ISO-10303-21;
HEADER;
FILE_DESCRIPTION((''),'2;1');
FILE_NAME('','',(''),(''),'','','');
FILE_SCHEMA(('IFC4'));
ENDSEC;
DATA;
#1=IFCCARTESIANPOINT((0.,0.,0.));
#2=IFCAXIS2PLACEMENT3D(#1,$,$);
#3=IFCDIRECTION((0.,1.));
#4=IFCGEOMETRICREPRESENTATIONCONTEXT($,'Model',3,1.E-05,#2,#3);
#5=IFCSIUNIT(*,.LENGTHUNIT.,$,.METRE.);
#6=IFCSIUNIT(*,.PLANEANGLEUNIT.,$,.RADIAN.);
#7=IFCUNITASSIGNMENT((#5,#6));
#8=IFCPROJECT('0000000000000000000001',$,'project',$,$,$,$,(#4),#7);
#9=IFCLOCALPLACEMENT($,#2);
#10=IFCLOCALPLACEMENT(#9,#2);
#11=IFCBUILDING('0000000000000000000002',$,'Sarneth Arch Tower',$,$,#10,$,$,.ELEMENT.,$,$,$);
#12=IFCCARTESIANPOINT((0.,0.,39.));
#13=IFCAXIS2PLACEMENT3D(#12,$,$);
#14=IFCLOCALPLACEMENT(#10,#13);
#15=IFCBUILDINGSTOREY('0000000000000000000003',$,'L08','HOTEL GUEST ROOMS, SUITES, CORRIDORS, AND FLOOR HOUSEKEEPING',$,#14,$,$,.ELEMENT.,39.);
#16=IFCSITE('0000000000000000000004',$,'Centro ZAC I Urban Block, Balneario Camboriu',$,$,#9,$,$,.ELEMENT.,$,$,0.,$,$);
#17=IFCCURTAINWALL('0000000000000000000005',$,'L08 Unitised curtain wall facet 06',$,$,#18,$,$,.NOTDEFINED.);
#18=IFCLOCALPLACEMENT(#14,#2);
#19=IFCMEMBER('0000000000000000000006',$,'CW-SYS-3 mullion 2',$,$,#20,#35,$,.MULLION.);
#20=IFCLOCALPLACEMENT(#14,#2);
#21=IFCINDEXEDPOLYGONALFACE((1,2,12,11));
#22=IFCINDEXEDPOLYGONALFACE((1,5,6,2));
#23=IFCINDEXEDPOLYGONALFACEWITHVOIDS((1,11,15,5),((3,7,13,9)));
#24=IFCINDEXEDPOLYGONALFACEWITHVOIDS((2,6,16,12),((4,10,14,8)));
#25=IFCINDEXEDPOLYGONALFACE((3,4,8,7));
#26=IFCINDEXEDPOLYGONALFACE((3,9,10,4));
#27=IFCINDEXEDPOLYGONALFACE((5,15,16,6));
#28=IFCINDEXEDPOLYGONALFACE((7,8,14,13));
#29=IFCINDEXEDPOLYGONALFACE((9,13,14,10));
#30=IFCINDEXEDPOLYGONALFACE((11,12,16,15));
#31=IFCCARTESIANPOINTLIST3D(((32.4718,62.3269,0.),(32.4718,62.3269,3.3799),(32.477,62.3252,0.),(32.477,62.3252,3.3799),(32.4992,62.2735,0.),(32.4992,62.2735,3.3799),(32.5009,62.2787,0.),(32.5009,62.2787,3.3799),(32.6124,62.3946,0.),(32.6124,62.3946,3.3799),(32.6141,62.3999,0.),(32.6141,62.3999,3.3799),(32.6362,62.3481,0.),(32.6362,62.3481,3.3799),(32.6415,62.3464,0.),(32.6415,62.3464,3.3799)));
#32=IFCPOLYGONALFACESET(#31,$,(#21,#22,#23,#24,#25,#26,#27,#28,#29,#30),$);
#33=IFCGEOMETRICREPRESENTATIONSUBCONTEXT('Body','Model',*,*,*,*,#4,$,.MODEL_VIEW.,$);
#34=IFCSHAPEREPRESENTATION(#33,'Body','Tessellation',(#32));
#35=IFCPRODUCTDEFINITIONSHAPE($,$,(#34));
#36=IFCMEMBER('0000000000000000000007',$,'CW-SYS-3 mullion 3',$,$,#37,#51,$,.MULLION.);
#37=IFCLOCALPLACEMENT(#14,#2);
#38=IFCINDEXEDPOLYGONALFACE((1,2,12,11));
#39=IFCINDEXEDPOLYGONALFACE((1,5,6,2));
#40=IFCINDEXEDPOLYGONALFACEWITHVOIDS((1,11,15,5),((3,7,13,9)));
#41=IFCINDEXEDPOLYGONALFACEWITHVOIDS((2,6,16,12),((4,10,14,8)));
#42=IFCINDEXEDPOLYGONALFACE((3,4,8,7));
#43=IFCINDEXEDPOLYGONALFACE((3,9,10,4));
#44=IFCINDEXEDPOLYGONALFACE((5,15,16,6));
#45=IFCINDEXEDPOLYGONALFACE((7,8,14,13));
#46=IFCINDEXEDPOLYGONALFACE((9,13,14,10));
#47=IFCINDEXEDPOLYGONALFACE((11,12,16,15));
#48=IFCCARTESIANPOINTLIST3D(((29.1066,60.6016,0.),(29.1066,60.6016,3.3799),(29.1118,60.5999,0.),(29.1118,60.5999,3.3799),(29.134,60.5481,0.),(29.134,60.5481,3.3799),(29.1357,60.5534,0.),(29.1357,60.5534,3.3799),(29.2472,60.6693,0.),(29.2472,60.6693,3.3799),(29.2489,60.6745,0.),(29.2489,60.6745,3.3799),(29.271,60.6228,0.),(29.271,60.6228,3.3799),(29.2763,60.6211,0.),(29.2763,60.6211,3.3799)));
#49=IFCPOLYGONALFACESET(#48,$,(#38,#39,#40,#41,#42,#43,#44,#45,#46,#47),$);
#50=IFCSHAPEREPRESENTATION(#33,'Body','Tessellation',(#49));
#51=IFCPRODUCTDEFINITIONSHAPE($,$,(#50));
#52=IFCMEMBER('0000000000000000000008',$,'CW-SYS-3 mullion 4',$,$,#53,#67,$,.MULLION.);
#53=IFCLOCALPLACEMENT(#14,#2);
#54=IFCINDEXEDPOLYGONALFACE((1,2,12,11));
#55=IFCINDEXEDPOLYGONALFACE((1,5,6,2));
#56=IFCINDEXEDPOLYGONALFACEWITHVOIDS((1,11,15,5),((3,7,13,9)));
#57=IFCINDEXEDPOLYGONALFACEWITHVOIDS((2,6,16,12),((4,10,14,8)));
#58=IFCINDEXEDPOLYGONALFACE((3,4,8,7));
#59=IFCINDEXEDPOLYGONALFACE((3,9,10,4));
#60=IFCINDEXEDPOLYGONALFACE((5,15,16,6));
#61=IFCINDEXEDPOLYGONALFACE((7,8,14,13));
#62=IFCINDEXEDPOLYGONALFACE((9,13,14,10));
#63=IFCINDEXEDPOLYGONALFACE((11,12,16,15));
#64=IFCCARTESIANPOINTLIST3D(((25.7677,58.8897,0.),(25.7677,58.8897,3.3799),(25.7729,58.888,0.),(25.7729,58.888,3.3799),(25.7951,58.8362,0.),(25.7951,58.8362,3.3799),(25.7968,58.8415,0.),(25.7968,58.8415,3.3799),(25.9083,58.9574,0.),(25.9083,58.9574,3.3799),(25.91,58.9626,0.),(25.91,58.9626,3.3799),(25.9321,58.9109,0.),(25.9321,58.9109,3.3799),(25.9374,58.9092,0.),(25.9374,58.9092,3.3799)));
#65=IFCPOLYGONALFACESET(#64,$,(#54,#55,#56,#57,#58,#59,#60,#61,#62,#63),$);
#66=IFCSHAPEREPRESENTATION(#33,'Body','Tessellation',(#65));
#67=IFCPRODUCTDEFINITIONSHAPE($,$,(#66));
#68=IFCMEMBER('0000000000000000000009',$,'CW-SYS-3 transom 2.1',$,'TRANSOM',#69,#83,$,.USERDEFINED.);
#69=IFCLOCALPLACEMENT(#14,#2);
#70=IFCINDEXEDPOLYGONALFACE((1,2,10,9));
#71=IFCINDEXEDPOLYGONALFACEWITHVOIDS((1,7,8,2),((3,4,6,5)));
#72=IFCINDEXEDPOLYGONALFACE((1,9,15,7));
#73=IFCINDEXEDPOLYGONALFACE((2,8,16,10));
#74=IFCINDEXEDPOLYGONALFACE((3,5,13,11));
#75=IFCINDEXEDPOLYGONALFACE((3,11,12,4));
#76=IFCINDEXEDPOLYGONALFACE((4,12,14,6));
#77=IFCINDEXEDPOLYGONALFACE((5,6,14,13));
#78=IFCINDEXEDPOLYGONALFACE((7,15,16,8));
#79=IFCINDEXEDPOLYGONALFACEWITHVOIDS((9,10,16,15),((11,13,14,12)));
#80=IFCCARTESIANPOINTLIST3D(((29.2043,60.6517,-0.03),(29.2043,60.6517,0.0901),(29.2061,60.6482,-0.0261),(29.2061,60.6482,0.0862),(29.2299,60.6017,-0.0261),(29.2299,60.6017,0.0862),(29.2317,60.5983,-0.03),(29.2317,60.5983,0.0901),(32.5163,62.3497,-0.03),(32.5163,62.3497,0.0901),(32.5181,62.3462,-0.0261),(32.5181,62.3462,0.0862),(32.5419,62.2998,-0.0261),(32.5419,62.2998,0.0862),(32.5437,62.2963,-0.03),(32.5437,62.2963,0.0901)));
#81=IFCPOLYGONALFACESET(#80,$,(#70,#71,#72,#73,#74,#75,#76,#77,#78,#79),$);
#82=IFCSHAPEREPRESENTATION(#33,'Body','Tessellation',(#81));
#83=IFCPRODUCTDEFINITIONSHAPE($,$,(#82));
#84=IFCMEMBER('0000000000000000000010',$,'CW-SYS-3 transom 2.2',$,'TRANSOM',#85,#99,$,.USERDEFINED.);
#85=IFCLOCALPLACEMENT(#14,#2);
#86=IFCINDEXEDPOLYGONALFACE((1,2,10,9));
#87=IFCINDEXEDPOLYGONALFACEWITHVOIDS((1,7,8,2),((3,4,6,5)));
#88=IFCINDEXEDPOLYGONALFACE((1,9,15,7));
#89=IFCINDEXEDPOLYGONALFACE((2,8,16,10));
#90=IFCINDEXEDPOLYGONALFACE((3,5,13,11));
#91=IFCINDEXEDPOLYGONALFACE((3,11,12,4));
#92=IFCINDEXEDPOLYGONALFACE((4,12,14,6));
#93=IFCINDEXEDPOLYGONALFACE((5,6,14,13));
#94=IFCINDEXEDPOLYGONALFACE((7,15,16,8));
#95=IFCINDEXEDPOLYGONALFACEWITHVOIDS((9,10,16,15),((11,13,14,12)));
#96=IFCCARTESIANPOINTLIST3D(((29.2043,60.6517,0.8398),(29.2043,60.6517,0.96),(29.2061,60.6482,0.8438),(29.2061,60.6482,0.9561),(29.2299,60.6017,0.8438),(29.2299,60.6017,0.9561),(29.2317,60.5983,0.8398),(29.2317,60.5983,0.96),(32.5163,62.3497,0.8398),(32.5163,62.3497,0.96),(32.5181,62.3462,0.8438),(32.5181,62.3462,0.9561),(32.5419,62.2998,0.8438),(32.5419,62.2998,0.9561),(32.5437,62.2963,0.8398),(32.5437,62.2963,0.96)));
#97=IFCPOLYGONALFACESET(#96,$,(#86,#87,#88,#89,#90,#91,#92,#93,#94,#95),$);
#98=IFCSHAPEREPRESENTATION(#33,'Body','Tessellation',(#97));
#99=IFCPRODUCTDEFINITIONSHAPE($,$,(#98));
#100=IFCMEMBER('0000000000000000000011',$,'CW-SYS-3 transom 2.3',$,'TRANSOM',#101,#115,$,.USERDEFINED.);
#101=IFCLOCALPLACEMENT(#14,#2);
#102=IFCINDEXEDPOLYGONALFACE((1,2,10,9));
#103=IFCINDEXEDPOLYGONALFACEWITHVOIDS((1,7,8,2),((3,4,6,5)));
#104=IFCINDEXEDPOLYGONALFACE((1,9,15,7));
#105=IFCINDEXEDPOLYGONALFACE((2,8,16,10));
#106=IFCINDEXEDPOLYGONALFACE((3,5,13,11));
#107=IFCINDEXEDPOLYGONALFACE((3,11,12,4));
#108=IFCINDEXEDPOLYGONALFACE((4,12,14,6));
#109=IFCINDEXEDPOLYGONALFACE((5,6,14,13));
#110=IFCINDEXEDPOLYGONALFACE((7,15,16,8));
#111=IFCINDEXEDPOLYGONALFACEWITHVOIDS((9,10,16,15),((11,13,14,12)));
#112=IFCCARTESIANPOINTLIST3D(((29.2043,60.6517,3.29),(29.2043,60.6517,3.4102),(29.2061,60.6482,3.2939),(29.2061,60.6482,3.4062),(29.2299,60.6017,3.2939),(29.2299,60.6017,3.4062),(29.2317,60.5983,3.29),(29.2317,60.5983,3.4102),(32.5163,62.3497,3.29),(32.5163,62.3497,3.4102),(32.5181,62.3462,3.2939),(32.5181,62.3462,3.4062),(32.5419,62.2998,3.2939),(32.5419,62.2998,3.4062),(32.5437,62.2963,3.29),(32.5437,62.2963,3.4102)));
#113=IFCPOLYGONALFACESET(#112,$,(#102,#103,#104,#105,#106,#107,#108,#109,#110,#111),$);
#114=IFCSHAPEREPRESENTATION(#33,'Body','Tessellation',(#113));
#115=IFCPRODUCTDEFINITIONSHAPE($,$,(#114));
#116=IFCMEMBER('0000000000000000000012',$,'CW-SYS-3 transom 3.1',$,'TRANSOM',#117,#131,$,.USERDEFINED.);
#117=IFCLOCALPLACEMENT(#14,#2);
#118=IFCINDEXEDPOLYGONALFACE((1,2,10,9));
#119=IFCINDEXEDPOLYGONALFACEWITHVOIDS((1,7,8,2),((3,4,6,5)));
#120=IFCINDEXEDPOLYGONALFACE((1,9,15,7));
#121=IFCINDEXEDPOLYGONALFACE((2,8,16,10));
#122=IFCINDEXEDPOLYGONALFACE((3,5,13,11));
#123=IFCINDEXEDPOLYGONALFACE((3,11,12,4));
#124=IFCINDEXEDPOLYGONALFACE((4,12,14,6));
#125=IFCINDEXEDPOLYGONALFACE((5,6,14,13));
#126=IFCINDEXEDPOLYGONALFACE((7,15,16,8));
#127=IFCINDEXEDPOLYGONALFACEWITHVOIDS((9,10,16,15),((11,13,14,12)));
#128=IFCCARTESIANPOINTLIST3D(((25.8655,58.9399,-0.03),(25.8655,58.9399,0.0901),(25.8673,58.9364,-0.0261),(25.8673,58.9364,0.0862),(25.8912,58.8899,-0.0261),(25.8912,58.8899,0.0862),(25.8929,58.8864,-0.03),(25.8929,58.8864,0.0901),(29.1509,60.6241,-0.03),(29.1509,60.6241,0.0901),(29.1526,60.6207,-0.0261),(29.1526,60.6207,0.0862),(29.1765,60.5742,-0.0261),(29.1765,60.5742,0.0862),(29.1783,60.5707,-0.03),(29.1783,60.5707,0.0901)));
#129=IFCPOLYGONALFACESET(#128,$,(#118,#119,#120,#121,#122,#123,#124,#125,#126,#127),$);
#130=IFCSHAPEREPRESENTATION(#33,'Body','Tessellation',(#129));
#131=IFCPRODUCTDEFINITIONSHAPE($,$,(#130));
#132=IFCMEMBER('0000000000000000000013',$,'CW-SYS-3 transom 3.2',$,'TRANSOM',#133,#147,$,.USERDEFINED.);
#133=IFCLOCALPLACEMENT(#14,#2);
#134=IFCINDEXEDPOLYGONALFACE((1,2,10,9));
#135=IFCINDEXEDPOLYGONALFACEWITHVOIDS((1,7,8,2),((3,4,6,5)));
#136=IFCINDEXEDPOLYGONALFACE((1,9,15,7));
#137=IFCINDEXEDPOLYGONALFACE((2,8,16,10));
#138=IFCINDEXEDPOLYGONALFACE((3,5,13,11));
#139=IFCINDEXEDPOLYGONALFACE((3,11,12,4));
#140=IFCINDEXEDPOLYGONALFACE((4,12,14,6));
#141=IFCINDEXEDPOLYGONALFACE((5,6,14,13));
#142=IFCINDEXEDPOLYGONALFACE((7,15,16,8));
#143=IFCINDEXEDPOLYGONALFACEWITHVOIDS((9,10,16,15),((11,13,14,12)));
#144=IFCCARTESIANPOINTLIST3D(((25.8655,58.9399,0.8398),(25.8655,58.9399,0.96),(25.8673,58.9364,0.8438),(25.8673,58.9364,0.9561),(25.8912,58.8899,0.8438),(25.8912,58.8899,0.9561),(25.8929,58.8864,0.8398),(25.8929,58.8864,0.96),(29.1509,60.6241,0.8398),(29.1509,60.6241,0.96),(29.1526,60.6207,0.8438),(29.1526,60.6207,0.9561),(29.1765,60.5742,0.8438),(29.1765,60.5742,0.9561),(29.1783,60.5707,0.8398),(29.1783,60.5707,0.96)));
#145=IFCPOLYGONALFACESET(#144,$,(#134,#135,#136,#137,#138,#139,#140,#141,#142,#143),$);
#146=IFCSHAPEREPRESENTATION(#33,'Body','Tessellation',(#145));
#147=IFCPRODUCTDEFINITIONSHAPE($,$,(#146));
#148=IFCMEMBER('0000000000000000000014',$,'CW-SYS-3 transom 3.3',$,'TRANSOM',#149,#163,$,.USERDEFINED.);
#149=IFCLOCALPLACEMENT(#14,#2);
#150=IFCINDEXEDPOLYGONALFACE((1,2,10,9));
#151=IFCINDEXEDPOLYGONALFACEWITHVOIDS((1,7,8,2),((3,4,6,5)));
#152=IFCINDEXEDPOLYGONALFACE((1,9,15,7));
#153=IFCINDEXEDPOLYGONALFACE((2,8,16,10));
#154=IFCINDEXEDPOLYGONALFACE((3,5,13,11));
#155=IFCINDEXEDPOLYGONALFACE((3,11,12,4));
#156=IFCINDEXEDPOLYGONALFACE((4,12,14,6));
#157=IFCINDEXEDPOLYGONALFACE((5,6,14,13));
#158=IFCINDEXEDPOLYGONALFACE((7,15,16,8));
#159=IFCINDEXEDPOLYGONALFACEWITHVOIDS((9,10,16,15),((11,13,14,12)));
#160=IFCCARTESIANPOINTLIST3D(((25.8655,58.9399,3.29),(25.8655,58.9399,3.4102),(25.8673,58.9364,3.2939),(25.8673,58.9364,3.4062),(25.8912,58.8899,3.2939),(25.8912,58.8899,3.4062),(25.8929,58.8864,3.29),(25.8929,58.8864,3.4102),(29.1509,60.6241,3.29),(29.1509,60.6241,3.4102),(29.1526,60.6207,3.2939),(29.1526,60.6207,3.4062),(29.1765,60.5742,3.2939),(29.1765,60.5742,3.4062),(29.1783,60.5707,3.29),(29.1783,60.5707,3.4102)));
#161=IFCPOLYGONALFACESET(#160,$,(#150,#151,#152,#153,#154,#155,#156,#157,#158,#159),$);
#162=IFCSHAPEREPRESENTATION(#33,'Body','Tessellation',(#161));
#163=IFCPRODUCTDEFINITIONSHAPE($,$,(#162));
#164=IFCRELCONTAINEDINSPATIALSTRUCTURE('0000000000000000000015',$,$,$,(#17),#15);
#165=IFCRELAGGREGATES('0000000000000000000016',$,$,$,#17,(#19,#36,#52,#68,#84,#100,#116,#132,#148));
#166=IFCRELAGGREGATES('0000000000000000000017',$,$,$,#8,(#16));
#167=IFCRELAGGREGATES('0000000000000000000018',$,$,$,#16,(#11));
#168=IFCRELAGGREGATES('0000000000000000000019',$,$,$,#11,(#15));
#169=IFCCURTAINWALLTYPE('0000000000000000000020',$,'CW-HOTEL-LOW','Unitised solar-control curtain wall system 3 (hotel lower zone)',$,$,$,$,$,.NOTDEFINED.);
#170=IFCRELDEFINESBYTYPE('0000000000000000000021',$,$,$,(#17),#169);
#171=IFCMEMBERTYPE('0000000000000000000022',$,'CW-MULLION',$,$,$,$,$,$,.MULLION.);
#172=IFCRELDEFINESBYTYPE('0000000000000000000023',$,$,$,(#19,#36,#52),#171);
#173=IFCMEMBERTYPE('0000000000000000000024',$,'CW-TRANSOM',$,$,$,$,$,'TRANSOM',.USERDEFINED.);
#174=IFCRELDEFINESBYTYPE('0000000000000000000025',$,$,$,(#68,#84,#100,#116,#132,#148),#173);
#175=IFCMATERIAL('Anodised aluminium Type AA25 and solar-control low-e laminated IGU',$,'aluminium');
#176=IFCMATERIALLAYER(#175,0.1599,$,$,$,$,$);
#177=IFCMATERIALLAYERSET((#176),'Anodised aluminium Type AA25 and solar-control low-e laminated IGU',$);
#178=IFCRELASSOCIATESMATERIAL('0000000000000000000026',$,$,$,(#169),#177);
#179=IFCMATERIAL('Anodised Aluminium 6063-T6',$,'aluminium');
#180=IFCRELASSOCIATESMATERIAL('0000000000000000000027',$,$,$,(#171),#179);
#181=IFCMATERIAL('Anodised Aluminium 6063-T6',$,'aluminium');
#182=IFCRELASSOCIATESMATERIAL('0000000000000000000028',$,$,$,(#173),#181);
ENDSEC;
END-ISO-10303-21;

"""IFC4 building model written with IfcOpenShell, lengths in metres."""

from ifc_helpers import new_model, si_unit, direction, frame, origin, origin_2d, place, context, subcontext, project, spatial, hollow_rectangle, extrude, material, layer, layer_set, material_profile, profile_set, type_object, element, aggregate, save


model = new_model("IFC4")

# Units and contexts
model_context = context("Model", 3, precision=1e-05, world=origin(), true_north=direction((0.0, 1.0)))
body_context = subcontext(model_context, "Body", "Model", "MODEL_VIEW")
ifc_project = project(units=[si_unit("LENGTHUNIT", "METRE"), si_unit("PLANEANGLEUNIT", "RADIAN")], contexts=[model_context])

# Site, building, storey
site_placement = place(None, origin())
site = spatial("IfcSite", under=ifc_project, at=site_placement, Name="Centro ZAC I Urban Block, Balneario Camboriu", CompositionType="ELEMENT", RefElevation=0.0)
building_placement = place(site_placement, origin())
building = spatial("IfcBuilding", under=site, at=building_placement, Name="Sarneth Arch Tower", CompositionType="ELEMENT")
storey_placement = place(building_placement, frame((0.0, 0.0, 39.0)))
storey = spatial("IfcBuildingStorey", under=building, at=storey_placement, Name="L08", Description="HOTEL GUEST ROOMS, SUITES, CORRIDORS, AND FLOOR HOUSEKEEPING", CompositionType="ELEMENT", Elevation=39.0)

# Curtain wall, members
ifc_material_1 = material(Name="Anodised aluminium Type AA25 and solar-control low-e laminated IGU", Category="aluminium")
ifc_layer_1 = layer(ifc_material_1, 0.1599)
ifc_layer_set_1 = layer_set([ifc_layer_1], Name="Anodised aluminium Type AA25 and solar-control low-e laminated IGU")
curtain_wall_type = type_object("IfcCurtainWallType", Name="CW-HOTEL-LOW", Description="Unitised solar-control curtain wall system 3 (hotel lower zone)", PredefinedType="NOTDEFINED", material=ifc_layer_set_1)
curtain_wall_placement = place(storey_placement, origin())
curtain_wall = element("IfcCurtainWall", 1, at=curtain_wall_placement, inside=storey, type_object=curtain_wall_type, Name="L08 Unitised curtain wall facet 06", PredefinedType="NOTDEFINED")
ifc_material_2 = material(Name="Anodised Aluminium 6063-T6", Category="aluminium")
ifc_material_profile_1 = material_profile(ifc_material_2, hollow_rectangle(XDim=0.0601, YDim=0.1599, WallThickness=0.0039, at=origin_2d()), Name="AL-MULL-160x60x4")
ifc_profile_set_1 = profile_set([ifc_material_profile_1], Name="Anodised Aluminium 6063-T6")
member_type_1 = type_object("IfcMemberType", Name="CW-MULLION", PredefinedType="MULLION", material=ifc_profile_set_1)
member_1_placement = place(storey_placement, frame((32.5566, 62.3367, 0.0), z_axis=(0.0, 0.0, 1.0), x_axis=(0.456245, -0.889854, 0.0)))
member_1 = element("IfcMember", 2, at=member_1_placement, type_object=member_type_1, Name="CW-SYS-3 mullion 2", PredefinedType="MULLION", context=body_context, shape_type="SweptSolid", body=[
    extrude(hollow_rectangle(XDim=0.0601, YDim=0.1599, WallThickness=0.0039, at=origin_2d()), origin(), (0.0, 0.0, 1.0), 3.3799),
])
member_2_placement = place(storey_placement, frame((29.1914, 60.6113, 0.0), z_axis=(0.0, 0.0, 1.0), x_axis=(0.456245, -0.889854, 0.0)))
member_2 = element("IfcMember", 3, at=member_2_placement, type_object=member_type_1, Name="CW-SYS-3 mullion 3", PredefinedType="MULLION", context=body_context, shape_type="SweptSolid", body=[
    extrude(hollow_rectangle(XDim=0.0601, YDim=0.1599, WallThickness=0.0039, at=origin_2d()), origin(), (0.0, 0.0, 1.0), 3.3799),
])
member_3_placement = place(storey_placement, frame((25.8525, 58.8994, 0.0), z_axis=(0.0, 0.0, 1.0), x_axis=(0.456245, -0.889854, 0.0)))
member_3 = element("IfcMember", 4, at=member_3_placement, type_object=member_type_1, Name="CW-SYS-3 mullion 4", PredefinedType="MULLION", context=body_context, shape_type="SweptSolid", body=[
    extrude(hollow_rectangle(XDim=0.0601, YDim=0.1599, WallThickness=0.0039, at=origin_2d()), origin(), (0.0, 0.0, 1.0), 3.3799),
])
ifc_material_3 = material(Name="Anodised Aluminium 6063-T6", Category="aluminium")
ifc_material_profile_2 = material_profile(ifc_material_3, hollow_rectangle(XDim=0.0601, YDim=0.1201, WallThickness=0.0039, at=origin_2d()), Name="AL-TRAN-120x60x4")
ifc_profile_set_2 = profile_set([ifc_material_profile_2], Name="Anodised Aluminium 6063-T6")
member_type_2 = type_object("IfcMemberType", Name="CW-TRANSOM", ElementType="TRANSOM", PredefinedType="USERDEFINED", material=ifc_profile_set_2)
member_4_placement = place(storey_placement, frame((32.53, 62.323, 0.03), z_axis=(-0.889869, -0.456217, 0.0), x_axis=(0.456217, -0.889869, 0.0)))
member_4 = element("IfcMember", 5, at=member_4_placement, type_object=member_type_2, Name="CW-SYS-3 transom 2.1", ObjectType="TRANSOM", PredefinedType="USERDEFINED", context=body_context, shape_type="SweptSolid", body=[
    extrude(hollow_rectangle(XDim=0.0601, YDim=0.1201, WallThickness=0.0039, at=origin_2d()), origin(), (0.0, 0.0, 1.0), 3.7219),
])
member_5_placement = place(storey_placement, frame((32.53, 62.323, 0.8999), z_axis=(-0.889869, -0.456217, 0.0), x_axis=(0.456217, -0.889869, 0.0)))
member_5 = element("IfcMember", 6, at=member_5_placement, type_object=member_type_2, Name="CW-SYS-3 transom 2.2", ObjectType="TRANSOM", PredefinedType="USERDEFINED", context=body_context, shape_type="SweptSolid", body=[
    extrude(hollow_rectangle(XDim=0.0601, YDim=0.1201, WallThickness=0.0039, at=origin_2d()), origin(), (0.0, 0.0, 1.0), 3.7219),
])
member_6_placement = place(storey_placement, frame((32.53, 62.323, 3.3501), z_axis=(-0.889869, -0.456217, 0.0), x_axis=(0.456217, -0.889869, 0.0)))
member_6 = element("IfcMember", 7, at=member_6_placement, type_object=member_type_2, Name="CW-SYS-3 transom 2.3", ObjectType="TRANSOM", PredefinedType="USERDEFINED", context=body_context, shape_type="SweptSolid", body=[
    extrude(hollow_rectangle(XDim=0.0601, YDim=0.1201, WallThickness=0.0039, at=origin_2d()), origin(), (0.0, 0.0, 1.0), 3.7219),
])
member_7_placement = place(storey_placement, frame((29.1646, 60.5974, 0.03), z_axis=(-0.889872, -0.456211, 0.0), x_axis=(0.456211, -0.889872, 0.0)))
member_7 = element("IfcMember", 8, at=member_7_placement, type_object=member_type_2, Name="CW-SYS-3 transom 3.1", ObjectType="TRANSOM", PredefinedType="USERDEFINED", context=body_context, shape_type="SweptSolid", body=[
    extrude(hollow_rectangle(XDim=0.0601, YDim=0.1201, WallThickness=0.0039, at=origin_2d()), origin(), (0.0, 0.0, 1.0), 3.6919),
])
member_8_placement = place(storey_placement, frame((29.1646, 60.5974, 0.8999), z_axis=(-0.889872, -0.456211, 0.0), x_axis=(0.456211, -0.889872, 0.0)))
member_8 = element("IfcMember", 9, at=member_8_placement, type_object=member_type_2, Name="CW-SYS-3 transom 3.2", ObjectType="TRANSOM", PredefinedType="USERDEFINED", context=body_context, shape_type="SweptSolid", body=[
    extrude(hollow_rectangle(XDim=0.0601, YDim=0.1201, WallThickness=0.0039, at=origin_2d()), origin(), (0.0, 0.0, 1.0), 3.6919),
])
member_9_placement = place(storey_placement, frame((29.1646, 60.5974, 3.3501), z_axis=(-0.889872, -0.456211, 0.0), x_axis=(0.456211, -0.889872, 0.0)))
member_9 = element("IfcMember", 10, at=member_9_placement, type_object=member_type_2, Name="CW-SYS-3 transom 3.3", ObjectType="TRANSOM", PredefinedType="USERDEFINED", context=body_context, shape_type="SweptSolid", body=[
    extrude(hollow_rectangle(XDim=0.0601, YDim=0.1201, WallThickness=0.0039, at=origin_2d()), origin(), (0.0, 0.0, 1.0), 3.6919),
])

aggregate(curtain_wall, [member_1, member_2, member_3, member_4, member_5, member_6, member_7, member_8, member_9])

save(model, "model.ifc")
